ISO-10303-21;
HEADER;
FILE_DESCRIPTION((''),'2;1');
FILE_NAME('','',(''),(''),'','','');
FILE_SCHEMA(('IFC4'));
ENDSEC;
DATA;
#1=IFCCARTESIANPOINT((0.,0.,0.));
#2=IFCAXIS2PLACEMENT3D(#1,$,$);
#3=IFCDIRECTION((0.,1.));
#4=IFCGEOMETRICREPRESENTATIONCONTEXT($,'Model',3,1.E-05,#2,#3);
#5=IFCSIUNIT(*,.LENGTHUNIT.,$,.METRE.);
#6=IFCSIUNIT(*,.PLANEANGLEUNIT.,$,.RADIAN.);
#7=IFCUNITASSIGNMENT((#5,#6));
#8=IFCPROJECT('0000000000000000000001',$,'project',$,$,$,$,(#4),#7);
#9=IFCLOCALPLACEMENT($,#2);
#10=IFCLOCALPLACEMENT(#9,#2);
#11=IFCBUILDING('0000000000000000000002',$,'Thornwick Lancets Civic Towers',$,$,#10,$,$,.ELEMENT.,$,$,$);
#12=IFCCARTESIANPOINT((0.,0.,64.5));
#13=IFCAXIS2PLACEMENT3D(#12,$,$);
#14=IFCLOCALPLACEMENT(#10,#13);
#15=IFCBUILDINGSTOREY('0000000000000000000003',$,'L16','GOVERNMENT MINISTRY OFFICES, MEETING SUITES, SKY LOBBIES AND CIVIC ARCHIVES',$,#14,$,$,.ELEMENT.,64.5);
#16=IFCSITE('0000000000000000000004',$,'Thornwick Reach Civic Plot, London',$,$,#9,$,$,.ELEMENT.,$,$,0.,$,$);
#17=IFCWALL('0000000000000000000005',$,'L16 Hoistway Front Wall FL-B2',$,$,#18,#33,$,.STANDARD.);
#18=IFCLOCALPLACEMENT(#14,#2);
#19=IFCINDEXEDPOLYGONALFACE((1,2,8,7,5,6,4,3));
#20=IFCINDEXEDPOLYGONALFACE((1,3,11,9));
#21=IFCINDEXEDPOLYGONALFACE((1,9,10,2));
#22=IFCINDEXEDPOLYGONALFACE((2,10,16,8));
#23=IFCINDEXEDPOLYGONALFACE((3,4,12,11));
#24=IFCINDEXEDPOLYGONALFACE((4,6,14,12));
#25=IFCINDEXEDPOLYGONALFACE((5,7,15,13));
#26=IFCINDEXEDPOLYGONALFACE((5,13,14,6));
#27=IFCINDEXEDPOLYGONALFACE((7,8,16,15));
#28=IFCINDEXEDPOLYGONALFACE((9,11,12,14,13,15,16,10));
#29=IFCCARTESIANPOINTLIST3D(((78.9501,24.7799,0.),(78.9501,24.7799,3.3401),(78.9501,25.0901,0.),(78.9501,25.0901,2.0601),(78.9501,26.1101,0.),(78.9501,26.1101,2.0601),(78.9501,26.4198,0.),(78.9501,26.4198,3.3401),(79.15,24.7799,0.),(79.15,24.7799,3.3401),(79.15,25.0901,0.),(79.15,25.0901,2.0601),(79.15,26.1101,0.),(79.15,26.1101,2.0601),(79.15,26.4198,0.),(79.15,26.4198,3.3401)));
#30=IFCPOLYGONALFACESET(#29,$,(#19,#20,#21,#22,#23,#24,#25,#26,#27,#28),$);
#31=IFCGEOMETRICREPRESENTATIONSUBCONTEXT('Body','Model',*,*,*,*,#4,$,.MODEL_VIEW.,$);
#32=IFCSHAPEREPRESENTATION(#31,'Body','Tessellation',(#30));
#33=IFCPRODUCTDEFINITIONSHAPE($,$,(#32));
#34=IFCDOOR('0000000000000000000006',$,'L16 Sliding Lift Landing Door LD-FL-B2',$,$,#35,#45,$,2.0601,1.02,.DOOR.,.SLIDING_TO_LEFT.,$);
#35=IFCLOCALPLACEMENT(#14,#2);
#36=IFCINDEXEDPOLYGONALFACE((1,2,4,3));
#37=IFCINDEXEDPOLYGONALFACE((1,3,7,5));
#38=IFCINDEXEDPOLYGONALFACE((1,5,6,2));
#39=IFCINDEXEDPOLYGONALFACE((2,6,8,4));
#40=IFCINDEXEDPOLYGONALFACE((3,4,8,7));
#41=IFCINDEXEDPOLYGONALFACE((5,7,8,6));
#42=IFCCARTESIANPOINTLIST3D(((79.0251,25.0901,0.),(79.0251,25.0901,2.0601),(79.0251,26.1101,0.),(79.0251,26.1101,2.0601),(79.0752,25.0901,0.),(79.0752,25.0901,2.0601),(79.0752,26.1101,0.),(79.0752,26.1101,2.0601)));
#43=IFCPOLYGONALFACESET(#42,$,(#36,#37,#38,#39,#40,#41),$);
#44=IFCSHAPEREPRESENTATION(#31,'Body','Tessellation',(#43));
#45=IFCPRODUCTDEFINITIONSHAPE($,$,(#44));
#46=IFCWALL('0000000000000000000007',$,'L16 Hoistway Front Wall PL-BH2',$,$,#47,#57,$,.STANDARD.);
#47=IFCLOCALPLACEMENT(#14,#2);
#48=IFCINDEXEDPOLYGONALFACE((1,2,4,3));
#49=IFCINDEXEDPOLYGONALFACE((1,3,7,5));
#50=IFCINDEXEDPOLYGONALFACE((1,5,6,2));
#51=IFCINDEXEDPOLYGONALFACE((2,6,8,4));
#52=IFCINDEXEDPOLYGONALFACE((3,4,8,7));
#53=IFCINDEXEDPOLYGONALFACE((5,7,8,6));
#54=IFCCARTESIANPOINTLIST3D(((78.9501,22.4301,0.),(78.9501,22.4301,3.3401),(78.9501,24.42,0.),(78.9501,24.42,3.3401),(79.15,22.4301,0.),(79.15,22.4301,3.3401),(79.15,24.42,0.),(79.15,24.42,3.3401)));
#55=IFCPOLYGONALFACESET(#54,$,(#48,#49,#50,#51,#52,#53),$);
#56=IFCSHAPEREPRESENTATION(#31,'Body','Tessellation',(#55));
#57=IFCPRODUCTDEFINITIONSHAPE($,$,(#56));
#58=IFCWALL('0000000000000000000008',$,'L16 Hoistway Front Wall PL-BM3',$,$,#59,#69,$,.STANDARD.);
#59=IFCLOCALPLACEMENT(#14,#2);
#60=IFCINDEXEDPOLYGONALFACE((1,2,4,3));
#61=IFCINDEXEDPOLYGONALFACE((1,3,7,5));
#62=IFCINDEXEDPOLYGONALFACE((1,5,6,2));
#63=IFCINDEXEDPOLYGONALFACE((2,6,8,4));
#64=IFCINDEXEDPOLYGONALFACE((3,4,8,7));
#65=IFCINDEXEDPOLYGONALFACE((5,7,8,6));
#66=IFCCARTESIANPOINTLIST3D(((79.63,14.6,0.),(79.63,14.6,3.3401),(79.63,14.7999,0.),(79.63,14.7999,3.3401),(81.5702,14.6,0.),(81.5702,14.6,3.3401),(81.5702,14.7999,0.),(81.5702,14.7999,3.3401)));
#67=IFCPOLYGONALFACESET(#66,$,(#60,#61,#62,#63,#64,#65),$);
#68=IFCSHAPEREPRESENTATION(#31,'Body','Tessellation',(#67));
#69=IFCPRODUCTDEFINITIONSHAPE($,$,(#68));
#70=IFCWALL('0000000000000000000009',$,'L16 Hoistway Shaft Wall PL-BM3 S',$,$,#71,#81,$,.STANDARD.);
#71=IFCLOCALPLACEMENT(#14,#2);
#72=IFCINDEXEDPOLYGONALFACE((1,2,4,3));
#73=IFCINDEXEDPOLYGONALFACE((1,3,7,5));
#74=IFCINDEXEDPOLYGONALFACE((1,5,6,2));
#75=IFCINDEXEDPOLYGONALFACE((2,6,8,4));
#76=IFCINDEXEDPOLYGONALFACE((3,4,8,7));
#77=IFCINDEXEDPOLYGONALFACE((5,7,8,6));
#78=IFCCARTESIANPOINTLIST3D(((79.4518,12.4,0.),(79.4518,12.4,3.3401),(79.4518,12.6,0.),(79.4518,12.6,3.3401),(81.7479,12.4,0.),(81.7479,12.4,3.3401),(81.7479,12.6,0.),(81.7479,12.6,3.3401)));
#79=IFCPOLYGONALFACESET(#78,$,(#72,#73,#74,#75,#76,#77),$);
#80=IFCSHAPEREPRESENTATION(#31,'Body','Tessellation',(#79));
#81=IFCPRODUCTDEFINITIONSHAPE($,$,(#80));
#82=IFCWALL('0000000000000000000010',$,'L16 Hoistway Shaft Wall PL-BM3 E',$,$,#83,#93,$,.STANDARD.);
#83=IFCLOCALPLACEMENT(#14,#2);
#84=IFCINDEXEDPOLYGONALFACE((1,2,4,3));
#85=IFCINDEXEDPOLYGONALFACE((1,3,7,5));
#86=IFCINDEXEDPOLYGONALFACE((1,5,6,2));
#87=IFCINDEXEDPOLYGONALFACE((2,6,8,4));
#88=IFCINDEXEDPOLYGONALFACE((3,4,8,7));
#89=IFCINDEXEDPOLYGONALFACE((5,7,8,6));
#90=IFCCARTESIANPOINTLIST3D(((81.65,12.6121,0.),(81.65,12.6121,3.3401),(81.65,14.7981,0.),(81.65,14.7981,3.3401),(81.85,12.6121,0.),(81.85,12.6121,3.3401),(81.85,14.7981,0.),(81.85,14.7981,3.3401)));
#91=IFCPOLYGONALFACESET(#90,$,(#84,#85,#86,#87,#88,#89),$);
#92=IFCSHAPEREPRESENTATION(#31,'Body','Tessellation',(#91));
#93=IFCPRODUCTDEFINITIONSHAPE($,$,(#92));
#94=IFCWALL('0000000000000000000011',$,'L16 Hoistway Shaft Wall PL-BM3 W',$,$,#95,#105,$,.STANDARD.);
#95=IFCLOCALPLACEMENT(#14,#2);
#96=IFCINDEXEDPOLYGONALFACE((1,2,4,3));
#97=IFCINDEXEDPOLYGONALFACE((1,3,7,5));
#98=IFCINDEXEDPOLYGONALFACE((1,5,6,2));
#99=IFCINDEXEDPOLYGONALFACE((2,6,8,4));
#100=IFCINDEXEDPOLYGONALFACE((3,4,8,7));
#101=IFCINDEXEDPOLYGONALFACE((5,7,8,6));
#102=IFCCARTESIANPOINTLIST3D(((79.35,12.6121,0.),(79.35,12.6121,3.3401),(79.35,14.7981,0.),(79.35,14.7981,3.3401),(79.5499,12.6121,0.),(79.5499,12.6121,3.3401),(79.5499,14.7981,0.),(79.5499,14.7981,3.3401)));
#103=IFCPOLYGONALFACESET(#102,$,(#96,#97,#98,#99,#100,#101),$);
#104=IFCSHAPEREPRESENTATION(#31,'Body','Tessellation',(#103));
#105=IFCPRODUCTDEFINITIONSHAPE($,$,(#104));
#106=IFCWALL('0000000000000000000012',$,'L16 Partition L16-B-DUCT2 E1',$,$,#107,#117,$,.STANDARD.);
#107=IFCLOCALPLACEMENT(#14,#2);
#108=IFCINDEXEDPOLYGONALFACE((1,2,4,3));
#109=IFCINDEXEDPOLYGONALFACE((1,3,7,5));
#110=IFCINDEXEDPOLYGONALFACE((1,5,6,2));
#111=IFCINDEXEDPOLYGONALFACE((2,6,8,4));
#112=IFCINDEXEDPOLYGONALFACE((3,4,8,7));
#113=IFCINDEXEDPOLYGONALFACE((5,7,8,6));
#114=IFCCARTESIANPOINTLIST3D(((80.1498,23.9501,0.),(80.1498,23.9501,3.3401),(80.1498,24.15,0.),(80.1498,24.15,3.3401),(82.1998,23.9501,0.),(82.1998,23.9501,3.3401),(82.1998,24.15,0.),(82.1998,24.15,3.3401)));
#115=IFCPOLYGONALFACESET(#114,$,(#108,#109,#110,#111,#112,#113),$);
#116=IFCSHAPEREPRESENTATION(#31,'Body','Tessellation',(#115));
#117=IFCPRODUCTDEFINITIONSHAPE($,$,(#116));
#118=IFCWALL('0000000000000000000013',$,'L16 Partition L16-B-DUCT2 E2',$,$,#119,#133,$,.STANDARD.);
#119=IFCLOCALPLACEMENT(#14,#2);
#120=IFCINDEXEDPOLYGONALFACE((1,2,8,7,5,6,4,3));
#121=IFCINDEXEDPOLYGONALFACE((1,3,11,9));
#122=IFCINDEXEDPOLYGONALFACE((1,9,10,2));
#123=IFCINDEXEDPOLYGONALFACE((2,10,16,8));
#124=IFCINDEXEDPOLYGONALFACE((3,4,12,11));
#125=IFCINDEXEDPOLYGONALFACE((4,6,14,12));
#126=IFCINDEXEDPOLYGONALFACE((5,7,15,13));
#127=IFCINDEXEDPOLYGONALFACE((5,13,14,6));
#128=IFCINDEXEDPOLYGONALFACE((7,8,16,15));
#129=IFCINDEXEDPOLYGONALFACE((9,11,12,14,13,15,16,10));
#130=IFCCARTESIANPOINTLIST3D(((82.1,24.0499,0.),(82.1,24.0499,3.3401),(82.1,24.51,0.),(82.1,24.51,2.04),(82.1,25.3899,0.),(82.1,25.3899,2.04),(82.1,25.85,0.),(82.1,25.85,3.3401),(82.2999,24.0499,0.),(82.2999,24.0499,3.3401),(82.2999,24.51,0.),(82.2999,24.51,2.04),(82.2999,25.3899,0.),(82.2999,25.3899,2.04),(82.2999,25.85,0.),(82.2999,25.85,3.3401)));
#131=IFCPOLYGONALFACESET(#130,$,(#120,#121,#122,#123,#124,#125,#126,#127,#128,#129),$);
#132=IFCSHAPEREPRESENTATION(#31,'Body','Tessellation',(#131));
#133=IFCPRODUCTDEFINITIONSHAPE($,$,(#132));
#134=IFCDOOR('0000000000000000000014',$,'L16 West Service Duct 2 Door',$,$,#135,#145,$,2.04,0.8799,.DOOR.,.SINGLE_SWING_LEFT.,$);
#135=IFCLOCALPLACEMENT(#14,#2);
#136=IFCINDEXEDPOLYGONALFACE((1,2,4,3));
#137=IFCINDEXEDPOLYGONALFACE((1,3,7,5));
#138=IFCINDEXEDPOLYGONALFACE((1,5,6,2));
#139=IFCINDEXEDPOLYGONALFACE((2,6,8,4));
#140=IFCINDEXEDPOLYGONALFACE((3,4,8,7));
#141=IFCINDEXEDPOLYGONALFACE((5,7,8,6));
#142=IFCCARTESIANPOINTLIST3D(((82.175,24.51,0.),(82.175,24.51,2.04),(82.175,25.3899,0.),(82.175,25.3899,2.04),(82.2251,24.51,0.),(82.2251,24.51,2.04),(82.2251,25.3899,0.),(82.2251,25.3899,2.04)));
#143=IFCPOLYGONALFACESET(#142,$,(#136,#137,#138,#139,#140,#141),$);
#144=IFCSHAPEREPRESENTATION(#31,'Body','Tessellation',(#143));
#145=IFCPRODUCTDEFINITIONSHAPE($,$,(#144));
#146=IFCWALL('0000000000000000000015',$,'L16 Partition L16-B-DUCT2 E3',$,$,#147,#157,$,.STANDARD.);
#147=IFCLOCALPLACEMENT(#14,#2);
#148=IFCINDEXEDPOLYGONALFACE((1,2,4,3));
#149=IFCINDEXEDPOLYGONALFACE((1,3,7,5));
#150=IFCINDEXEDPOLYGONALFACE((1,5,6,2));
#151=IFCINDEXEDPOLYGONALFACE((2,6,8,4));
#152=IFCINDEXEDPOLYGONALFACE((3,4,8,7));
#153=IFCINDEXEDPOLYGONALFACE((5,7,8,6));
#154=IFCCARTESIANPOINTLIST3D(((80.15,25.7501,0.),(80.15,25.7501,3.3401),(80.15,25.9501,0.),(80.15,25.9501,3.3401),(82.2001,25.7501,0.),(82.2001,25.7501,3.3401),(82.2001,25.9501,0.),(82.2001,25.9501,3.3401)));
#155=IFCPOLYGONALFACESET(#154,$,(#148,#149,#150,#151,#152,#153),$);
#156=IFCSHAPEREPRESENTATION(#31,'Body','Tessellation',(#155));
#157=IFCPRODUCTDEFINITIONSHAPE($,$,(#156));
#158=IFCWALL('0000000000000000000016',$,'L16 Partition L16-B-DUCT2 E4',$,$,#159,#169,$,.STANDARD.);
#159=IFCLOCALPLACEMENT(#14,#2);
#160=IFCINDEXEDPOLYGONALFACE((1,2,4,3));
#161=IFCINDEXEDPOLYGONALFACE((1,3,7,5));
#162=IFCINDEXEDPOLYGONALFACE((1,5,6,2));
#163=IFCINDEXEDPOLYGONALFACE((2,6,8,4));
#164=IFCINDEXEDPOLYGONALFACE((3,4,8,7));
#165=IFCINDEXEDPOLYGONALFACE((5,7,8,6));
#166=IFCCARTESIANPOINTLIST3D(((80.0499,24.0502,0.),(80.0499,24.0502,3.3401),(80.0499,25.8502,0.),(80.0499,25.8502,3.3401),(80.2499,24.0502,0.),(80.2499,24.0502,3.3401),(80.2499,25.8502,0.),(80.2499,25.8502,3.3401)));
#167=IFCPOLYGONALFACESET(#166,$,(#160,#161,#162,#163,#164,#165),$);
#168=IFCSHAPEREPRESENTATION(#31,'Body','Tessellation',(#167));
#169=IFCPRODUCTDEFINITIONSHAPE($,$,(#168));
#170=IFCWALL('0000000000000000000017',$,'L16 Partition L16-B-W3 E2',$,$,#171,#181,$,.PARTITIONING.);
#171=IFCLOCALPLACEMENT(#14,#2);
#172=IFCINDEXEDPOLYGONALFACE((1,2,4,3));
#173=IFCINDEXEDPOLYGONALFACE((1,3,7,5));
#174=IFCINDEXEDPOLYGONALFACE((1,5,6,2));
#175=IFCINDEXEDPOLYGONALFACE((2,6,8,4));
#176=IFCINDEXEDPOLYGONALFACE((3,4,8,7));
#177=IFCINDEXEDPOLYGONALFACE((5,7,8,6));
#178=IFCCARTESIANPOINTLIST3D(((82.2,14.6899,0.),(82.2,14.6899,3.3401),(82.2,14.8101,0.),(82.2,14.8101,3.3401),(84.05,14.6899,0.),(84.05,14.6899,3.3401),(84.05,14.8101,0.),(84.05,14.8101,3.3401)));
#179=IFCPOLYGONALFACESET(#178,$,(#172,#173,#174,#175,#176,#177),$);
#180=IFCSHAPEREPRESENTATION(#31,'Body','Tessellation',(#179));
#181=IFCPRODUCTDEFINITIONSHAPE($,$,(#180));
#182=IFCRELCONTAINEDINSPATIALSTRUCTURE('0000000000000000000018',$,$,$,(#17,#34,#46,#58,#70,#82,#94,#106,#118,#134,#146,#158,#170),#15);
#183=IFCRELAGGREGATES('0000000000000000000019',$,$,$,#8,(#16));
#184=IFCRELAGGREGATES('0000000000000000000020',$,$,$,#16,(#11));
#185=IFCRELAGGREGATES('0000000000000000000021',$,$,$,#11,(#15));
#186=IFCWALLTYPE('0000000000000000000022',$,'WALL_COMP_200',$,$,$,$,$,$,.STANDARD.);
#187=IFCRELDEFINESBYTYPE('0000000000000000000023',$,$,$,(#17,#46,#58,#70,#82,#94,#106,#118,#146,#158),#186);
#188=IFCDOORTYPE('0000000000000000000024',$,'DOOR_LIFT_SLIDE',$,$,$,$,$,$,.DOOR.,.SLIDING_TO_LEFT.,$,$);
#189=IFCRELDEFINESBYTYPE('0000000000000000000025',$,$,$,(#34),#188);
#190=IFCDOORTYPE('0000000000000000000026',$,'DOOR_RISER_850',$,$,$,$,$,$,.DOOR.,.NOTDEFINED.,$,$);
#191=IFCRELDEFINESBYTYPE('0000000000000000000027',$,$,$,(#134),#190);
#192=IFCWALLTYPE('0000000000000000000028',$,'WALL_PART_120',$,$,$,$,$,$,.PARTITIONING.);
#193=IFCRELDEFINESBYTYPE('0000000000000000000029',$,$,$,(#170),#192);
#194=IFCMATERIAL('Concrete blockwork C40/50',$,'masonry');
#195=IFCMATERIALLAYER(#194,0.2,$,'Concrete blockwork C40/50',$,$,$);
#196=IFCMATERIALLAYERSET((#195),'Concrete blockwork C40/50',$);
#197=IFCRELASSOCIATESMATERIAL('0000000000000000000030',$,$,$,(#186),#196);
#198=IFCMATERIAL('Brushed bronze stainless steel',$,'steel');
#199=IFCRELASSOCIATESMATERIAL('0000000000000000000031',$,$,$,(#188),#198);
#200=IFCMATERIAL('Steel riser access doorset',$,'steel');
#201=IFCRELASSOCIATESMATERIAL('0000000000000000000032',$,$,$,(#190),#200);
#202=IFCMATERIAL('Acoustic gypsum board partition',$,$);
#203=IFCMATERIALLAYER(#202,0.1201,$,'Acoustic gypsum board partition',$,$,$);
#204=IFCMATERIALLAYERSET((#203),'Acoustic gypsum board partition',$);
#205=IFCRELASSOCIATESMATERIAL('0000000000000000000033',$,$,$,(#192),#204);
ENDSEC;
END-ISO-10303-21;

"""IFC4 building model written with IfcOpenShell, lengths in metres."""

from ifc_helpers import new_model, si_unit, direction, frame, frame_2d, origin, place, context, subcontext, project, spatial, rectangle, extrude, material, layer, layer_set, type_object, element, fill, save


model = new_model("IFC4")

# Units and contexts
model_context = context("Model", 3, precision=1e-05, world=origin(), true_north=direction((0.0, 1.0)))
body_context = subcontext(model_context, "Body", "Model", "MODEL_VIEW")
ifc_project = project(units=[si_unit("LENGTHUNIT", "METRE"), si_unit("PLANEANGLEUNIT", "RADIAN")], contexts=[model_context])

# Site, building, storey
site_placement = place(None, origin())
site = spatial("IfcSite", under=ifc_project, at=site_placement, Name="Thornwick Reach Civic Plot, London", CompositionType="ELEMENT", RefElevation=0.0)
building_placement = place(site_placement, origin())
building = spatial("IfcBuilding", under=site, at=building_placement, Name="Thornwick Lancets Civic Towers", CompositionType="ELEMENT")
storey_placement = place(building_placement, frame((0.0, 0.0, 64.5)))
storey = spatial("IfcBuildingStorey", under=building, at=storey_placement, Name="L16", Description="GOVERNMENT MINISTRY OFFICES, MEETING SUITES, SKY LOBBIES AND CIVIC ARCHIVES", CompositionType="ELEMENT", Elevation=64.5)

# Wall, opening, door
ifc_material_1 = material(Name="Concrete blockwork C40/50", Category="masonry")
ifc_layer_1 = layer(ifc_material_1, 0.2, Name="Concrete blockwork C40/50")
ifc_layer_set_1 = layer_set([ifc_layer_1], Name="Concrete blockwork C40/50")
wall_type_1 = type_object("IfcWallType", Name="WALL_COMP_200", PredefinedType="STANDARD", material=ifc_layer_set_1)
wall_1_placement = place(storey_placement, frame((79.05, 24.78, 0.0), z_axis=(0.0, 0.0, 1.0), x_axis=(0.0, 1.0, 0.0)))
wall_1 = element("IfcWall", 1, at=wall_1_placement, inside=storey, type_object=wall_type_1, Name="L16 Hoistway Front Wall FL-B2", PredefinedType="STANDARD", context=body_context, shape_type="SweptSolid", body=[
    extrude(rectangle(XDim=1.6399, YDim=0.2, at=frame_2d((0.8198, 0.0))), origin(), (0.0, 0.0, 1.0), 3.3401),
])
opening_1_placement = place(wall_1_placement, frame((0.3101, 0.0, 0.0)))
opening_1 = element("IfcOpeningElement", 2, at=opening_1_placement, cuts=wall_1, PredefinedType="OPENING", context=body_context, shape_type="SweptSolid", body=[
    extrude(rectangle(XDim=1.02, YDim=2.0601, at=frame_2d((0.51, 1.03))), frame((0.0, 0.1099, 0.0), z_axis=(0.0, -1.0, 0.0), x_axis=(1.0, 0.0, 0.0)), (0.0, 0.0, 1.0), 0.22),
])
ifc_material_2 = material(Name="Brushed bronze stainless steel", Category="steel")
door_type_1 = type_object("IfcDoorType", Name="DOOR_LIFT_SLIDE", OperationType="SLIDING_TO_LEFT", PredefinedType="DOOR", material=ifc_material_2)
door_1_placement = place(opening_1_placement, origin())
door_1 = element("IfcDoor", 3, at=door_1_placement, inside=storey, type_object=door_type_1, Name="L16 Sliding Lift Landing Door LD-FL-B2", OperationType="SLIDING_TO_LEFT", OverallHeight=2.0601, OverallWidth=1.02, PredefinedType="DOOR", context=body_context, shape_type="SweptSolid", body=[
    extrude(rectangle(XDim=1.02, YDim=2.0601, at=frame_2d((0.51, 1.03))), frame((0.0, 0.0249, 0.0), z_axis=(0.0, -1.0, 0.0), x_axis=(1.0, 0.0, 0.0)), (0.0, 0.0, 1.0), 0.05),
])
fill(opening_1, door_1)

# Walls
wall_2_placement = place(storey_placement, frame((79.05, 22.4299, 0.0), z_axis=(0.0, 0.0, 1.0), x_axis=(0.0, 1.0, 0.0)))
element("IfcWall", 4, at=wall_2_placement, inside=storey, type_object=wall_type_1, Name="L16 Hoistway Front Wall PL-BH2", PredefinedType="STANDARD", context=body_context, shape_type="SweptSolid", body=[
    extrude(rectangle(XDim=1.99, YDim=0.2, at=frame_2d((0.9951, 0.0))), origin(), (0.0, 0.0, 1.0), 3.3401),
])
wall_3_placement = place(storey_placement, frame((79.6299, 14.7, 0.0), z_axis=(0.0, 0.0, 1.0), x_axis=(1.0, 0.0, 0.0)))
element("IfcWall", 5, at=wall_3_placement, inside=storey, type_object=wall_type_1, Name="L16 Hoistway Front Wall PL-BM3", PredefinedType="STANDARD", context=body_context, shape_type="SweptSolid", body=[
    extrude(rectangle(XDim=1.9402, YDim=0.2, at=frame_2d((0.9702, 0.0))), origin(), (0.0, 0.0, 1.0), 3.3401),
])
wall_4_placement = place(storey_placement, frame((79.4519, 12.5, 0.0), z_axis=(0.0, 0.0, 1.0), x_axis=(1.0, 0.0, 0.0)))
element("IfcWall", 6, at=wall_4_placement, inside=storey, type_object=wall_type_1, Name="L16 Hoistway Shaft Wall PL-BM3 S", PredefinedType="STANDARD", context=body_context, shape_type="SweptSolid", body=[
    extrude(rectangle(XDim=2.2961, YDim=0.2, at=frame_2d((1.1479, 0.0))), origin(), (0.0, 0.0, 1.0), 3.3401),
])
for number, where, z_axis, x_axis, name in (
    (7, (81.75, 12.6121, 0.0), (0.0, 0.0, 1.0), (0.0, 1.0, 0.0), "L16 Hoistway Shaft Wall PL-BM3 E"),
    (8, (79.45, 12.6121, 0.0), (0.0, 0.0, 1.0), (0.0, 1.0, 0.0), "L16 Hoistway Shaft Wall PL-BM3 W"),
):
    element("IfcWall", number, at=place(storey_placement, frame(where, z_axis=z_axis, x_axis=x_axis)), inside=storey, type_object=wall_type_1, Name=name, PredefinedType="STANDARD", context=body_context, shape_type="SweptSolid", body=[
        extrude(rectangle(XDim=2.186, YDim=0.2, at=frame_2d((1.093, 0.0))), origin(), (0.0, 0.0, 1.0), 3.3401),
    ])
wall_5_placement = place(storey_placement, frame((80.1499, 24.05, 0.0), z_axis=(0.0, 0.0, 1.0), x_axis=(1.0, 0.0, 0.0)))
element("IfcWall", 9, at=wall_5_placement, inside=storey, type_object=wall_type_1, Name="L16 Partition L16-B-DUCT2 E1", PredefinedType="STANDARD", context=body_context, shape_type="SweptSolid", body=[
    extrude(rectangle(XDim=2.05, YDim=0.2, at=frame_2d((1.0249, 0.0))), origin(), (0.0, 0.0, 1.0), 3.3401),
])

# Wall, opening, door
wall_6_placement = place(storey_placement, frame((82.2, 24.05, 0.0), z_axis=(0.0, 0.0, 1.0), x_axis=(0.0, 1.0, 0.0)))
wall_6 = element("IfcWall", 10, at=wall_6_placement, inside=storey, type_object=wall_type_1, Name="L16 Partition L16-B-DUCT2 E2", PredefinedType="STANDARD", context=body_context, shape_type="SweptSolid", body=[
    extrude(rectangle(XDim=1.8, YDim=0.2, at=frame_2d((0.8999, 0.0))), origin(), (0.0, 0.0, 1.0), 3.3401),
])
opening_2_placement = place(wall_6_placement, frame((0.46, 0.0, 0.0)))
opening_2 = element("IfcOpeningElement", 11, at=opening_2_placement, cuts=wall_6, PredefinedType="OPENING", context=body_context, shape_type="SweptSolid", body=[
    extrude(rectangle(XDim=0.8799, YDim=2.04, at=frame_2d((0.4399, 1.02))), frame((0.0, 0.1099, 0.0), z_axis=(0.0, -1.0, 0.0), x_axis=(1.0, 0.0, 0.0)), (0.0, 0.0, 1.0), 0.22),
])
ifc_material_3 = material(Name="Steel riser access doorset", Category="steel")
door_type_2 = type_object("IfcDoorType", Name="DOOR_RISER_850", OperationType="NOTDEFINED", PredefinedType="DOOR", material=ifc_material_3)
door_2_placement = place(opening_2_placement, origin())
door_2 = element("IfcDoor", 12, at=door_2_placement, inside=storey, type_object=door_type_2, Name="L16 West Service Duct 2 Door", OperationType="SINGLE_SWING_LEFT", OverallHeight=2.04, OverallWidth=0.8799, PredefinedType="DOOR", context=body_context, shape_type="SweptSolid", body=[
    extrude(rectangle(XDim=0.8799, YDim=2.04, at=frame_2d((0.4399, 1.02))), frame((0.0, 0.0249, 0.0), z_axis=(0.0, -1.0, 0.0), x_axis=(1.0, 0.0, 0.0)), (0.0, 0.0, 1.0), 0.05),
])
fill(opening_2, door_2)

# Walls
wall_7_placement = place(storey_placement, frame((82.2, 25.8501, 0.0), z_axis=(0.0, 0.0, 1.0), x_axis=(-1.0, 0.0, 0.0)))
element("IfcWall", 13, at=wall_7_placement, inside=storey, type_object=wall_type_1, Name="L16 Partition L16-B-DUCT2 E3", PredefinedType="STANDARD", context=body_context, shape_type="SweptSolid", body=[
    extrude(rectangle(XDim=2.05, YDim=0.2, at=frame_2d((1.0249, 0.0))), origin(), (0.0, 0.0, 1.0), 3.3401),
])
wall_8_placement = place(storey_placement, frame((80.1499, 25.8501, 0.0), z_axis=(0.0, 0.0, 1.0), x_axis=(0.0, -1.0, 0.0)))
element("IfcWall", 14, at=wall_8_placement, inside=storey, type_object=wall_type_1, Name="L16 Partition L16-B-DUCT2 E4", PredefinedType="STANDARD", context=body_context, shape_type="SweptSolid", body=[
    extrude(rectangle(XDim=1.8, YDim=0.2, at=frame_2d((0.8999, 0.0))), origin(), (0.0, 0.0, 1.0), 3.3401),
])
ifc_material_4 = material(Name="Acoustic gypsum board partition")
ifc_layer_2 = layer(ifc_material_4, 0.1201, Name="Acoustic gypsum board partition")
ifc_layer_set_2 = layer_set([ifc_layer_2], Name="Acoustic gypsum board partition")
wall_type_2 = type_object("IfcWallType", Name="WALL_PART_120", PredefinedType="PARTITIONING", material=ifc_layer_set_2)
wall_9_placement = place(storey_placement, frame((82.2, 14.75, 0.0), z_axis=(0.0, 0.0, 1.0), x_axis=(1.0, 0.0, 0.0)))
element("IfcWall", 15, at=wall_9_placement, inside=storey, type_object=wall_type_2, Name="L16 Partition L16-B-W3 E2", PredefinedType="PARTITIONING", context=body_context, shape_type="SweptSolid", body=[
    extrude(rectangle(XDim=1.8501, YDim=0.1201, at=frame_2d((0.925, 0.0))), origin(), (0.0, 0.0, 1.0), 3.3401),
])

save(model, "model.ifc")
